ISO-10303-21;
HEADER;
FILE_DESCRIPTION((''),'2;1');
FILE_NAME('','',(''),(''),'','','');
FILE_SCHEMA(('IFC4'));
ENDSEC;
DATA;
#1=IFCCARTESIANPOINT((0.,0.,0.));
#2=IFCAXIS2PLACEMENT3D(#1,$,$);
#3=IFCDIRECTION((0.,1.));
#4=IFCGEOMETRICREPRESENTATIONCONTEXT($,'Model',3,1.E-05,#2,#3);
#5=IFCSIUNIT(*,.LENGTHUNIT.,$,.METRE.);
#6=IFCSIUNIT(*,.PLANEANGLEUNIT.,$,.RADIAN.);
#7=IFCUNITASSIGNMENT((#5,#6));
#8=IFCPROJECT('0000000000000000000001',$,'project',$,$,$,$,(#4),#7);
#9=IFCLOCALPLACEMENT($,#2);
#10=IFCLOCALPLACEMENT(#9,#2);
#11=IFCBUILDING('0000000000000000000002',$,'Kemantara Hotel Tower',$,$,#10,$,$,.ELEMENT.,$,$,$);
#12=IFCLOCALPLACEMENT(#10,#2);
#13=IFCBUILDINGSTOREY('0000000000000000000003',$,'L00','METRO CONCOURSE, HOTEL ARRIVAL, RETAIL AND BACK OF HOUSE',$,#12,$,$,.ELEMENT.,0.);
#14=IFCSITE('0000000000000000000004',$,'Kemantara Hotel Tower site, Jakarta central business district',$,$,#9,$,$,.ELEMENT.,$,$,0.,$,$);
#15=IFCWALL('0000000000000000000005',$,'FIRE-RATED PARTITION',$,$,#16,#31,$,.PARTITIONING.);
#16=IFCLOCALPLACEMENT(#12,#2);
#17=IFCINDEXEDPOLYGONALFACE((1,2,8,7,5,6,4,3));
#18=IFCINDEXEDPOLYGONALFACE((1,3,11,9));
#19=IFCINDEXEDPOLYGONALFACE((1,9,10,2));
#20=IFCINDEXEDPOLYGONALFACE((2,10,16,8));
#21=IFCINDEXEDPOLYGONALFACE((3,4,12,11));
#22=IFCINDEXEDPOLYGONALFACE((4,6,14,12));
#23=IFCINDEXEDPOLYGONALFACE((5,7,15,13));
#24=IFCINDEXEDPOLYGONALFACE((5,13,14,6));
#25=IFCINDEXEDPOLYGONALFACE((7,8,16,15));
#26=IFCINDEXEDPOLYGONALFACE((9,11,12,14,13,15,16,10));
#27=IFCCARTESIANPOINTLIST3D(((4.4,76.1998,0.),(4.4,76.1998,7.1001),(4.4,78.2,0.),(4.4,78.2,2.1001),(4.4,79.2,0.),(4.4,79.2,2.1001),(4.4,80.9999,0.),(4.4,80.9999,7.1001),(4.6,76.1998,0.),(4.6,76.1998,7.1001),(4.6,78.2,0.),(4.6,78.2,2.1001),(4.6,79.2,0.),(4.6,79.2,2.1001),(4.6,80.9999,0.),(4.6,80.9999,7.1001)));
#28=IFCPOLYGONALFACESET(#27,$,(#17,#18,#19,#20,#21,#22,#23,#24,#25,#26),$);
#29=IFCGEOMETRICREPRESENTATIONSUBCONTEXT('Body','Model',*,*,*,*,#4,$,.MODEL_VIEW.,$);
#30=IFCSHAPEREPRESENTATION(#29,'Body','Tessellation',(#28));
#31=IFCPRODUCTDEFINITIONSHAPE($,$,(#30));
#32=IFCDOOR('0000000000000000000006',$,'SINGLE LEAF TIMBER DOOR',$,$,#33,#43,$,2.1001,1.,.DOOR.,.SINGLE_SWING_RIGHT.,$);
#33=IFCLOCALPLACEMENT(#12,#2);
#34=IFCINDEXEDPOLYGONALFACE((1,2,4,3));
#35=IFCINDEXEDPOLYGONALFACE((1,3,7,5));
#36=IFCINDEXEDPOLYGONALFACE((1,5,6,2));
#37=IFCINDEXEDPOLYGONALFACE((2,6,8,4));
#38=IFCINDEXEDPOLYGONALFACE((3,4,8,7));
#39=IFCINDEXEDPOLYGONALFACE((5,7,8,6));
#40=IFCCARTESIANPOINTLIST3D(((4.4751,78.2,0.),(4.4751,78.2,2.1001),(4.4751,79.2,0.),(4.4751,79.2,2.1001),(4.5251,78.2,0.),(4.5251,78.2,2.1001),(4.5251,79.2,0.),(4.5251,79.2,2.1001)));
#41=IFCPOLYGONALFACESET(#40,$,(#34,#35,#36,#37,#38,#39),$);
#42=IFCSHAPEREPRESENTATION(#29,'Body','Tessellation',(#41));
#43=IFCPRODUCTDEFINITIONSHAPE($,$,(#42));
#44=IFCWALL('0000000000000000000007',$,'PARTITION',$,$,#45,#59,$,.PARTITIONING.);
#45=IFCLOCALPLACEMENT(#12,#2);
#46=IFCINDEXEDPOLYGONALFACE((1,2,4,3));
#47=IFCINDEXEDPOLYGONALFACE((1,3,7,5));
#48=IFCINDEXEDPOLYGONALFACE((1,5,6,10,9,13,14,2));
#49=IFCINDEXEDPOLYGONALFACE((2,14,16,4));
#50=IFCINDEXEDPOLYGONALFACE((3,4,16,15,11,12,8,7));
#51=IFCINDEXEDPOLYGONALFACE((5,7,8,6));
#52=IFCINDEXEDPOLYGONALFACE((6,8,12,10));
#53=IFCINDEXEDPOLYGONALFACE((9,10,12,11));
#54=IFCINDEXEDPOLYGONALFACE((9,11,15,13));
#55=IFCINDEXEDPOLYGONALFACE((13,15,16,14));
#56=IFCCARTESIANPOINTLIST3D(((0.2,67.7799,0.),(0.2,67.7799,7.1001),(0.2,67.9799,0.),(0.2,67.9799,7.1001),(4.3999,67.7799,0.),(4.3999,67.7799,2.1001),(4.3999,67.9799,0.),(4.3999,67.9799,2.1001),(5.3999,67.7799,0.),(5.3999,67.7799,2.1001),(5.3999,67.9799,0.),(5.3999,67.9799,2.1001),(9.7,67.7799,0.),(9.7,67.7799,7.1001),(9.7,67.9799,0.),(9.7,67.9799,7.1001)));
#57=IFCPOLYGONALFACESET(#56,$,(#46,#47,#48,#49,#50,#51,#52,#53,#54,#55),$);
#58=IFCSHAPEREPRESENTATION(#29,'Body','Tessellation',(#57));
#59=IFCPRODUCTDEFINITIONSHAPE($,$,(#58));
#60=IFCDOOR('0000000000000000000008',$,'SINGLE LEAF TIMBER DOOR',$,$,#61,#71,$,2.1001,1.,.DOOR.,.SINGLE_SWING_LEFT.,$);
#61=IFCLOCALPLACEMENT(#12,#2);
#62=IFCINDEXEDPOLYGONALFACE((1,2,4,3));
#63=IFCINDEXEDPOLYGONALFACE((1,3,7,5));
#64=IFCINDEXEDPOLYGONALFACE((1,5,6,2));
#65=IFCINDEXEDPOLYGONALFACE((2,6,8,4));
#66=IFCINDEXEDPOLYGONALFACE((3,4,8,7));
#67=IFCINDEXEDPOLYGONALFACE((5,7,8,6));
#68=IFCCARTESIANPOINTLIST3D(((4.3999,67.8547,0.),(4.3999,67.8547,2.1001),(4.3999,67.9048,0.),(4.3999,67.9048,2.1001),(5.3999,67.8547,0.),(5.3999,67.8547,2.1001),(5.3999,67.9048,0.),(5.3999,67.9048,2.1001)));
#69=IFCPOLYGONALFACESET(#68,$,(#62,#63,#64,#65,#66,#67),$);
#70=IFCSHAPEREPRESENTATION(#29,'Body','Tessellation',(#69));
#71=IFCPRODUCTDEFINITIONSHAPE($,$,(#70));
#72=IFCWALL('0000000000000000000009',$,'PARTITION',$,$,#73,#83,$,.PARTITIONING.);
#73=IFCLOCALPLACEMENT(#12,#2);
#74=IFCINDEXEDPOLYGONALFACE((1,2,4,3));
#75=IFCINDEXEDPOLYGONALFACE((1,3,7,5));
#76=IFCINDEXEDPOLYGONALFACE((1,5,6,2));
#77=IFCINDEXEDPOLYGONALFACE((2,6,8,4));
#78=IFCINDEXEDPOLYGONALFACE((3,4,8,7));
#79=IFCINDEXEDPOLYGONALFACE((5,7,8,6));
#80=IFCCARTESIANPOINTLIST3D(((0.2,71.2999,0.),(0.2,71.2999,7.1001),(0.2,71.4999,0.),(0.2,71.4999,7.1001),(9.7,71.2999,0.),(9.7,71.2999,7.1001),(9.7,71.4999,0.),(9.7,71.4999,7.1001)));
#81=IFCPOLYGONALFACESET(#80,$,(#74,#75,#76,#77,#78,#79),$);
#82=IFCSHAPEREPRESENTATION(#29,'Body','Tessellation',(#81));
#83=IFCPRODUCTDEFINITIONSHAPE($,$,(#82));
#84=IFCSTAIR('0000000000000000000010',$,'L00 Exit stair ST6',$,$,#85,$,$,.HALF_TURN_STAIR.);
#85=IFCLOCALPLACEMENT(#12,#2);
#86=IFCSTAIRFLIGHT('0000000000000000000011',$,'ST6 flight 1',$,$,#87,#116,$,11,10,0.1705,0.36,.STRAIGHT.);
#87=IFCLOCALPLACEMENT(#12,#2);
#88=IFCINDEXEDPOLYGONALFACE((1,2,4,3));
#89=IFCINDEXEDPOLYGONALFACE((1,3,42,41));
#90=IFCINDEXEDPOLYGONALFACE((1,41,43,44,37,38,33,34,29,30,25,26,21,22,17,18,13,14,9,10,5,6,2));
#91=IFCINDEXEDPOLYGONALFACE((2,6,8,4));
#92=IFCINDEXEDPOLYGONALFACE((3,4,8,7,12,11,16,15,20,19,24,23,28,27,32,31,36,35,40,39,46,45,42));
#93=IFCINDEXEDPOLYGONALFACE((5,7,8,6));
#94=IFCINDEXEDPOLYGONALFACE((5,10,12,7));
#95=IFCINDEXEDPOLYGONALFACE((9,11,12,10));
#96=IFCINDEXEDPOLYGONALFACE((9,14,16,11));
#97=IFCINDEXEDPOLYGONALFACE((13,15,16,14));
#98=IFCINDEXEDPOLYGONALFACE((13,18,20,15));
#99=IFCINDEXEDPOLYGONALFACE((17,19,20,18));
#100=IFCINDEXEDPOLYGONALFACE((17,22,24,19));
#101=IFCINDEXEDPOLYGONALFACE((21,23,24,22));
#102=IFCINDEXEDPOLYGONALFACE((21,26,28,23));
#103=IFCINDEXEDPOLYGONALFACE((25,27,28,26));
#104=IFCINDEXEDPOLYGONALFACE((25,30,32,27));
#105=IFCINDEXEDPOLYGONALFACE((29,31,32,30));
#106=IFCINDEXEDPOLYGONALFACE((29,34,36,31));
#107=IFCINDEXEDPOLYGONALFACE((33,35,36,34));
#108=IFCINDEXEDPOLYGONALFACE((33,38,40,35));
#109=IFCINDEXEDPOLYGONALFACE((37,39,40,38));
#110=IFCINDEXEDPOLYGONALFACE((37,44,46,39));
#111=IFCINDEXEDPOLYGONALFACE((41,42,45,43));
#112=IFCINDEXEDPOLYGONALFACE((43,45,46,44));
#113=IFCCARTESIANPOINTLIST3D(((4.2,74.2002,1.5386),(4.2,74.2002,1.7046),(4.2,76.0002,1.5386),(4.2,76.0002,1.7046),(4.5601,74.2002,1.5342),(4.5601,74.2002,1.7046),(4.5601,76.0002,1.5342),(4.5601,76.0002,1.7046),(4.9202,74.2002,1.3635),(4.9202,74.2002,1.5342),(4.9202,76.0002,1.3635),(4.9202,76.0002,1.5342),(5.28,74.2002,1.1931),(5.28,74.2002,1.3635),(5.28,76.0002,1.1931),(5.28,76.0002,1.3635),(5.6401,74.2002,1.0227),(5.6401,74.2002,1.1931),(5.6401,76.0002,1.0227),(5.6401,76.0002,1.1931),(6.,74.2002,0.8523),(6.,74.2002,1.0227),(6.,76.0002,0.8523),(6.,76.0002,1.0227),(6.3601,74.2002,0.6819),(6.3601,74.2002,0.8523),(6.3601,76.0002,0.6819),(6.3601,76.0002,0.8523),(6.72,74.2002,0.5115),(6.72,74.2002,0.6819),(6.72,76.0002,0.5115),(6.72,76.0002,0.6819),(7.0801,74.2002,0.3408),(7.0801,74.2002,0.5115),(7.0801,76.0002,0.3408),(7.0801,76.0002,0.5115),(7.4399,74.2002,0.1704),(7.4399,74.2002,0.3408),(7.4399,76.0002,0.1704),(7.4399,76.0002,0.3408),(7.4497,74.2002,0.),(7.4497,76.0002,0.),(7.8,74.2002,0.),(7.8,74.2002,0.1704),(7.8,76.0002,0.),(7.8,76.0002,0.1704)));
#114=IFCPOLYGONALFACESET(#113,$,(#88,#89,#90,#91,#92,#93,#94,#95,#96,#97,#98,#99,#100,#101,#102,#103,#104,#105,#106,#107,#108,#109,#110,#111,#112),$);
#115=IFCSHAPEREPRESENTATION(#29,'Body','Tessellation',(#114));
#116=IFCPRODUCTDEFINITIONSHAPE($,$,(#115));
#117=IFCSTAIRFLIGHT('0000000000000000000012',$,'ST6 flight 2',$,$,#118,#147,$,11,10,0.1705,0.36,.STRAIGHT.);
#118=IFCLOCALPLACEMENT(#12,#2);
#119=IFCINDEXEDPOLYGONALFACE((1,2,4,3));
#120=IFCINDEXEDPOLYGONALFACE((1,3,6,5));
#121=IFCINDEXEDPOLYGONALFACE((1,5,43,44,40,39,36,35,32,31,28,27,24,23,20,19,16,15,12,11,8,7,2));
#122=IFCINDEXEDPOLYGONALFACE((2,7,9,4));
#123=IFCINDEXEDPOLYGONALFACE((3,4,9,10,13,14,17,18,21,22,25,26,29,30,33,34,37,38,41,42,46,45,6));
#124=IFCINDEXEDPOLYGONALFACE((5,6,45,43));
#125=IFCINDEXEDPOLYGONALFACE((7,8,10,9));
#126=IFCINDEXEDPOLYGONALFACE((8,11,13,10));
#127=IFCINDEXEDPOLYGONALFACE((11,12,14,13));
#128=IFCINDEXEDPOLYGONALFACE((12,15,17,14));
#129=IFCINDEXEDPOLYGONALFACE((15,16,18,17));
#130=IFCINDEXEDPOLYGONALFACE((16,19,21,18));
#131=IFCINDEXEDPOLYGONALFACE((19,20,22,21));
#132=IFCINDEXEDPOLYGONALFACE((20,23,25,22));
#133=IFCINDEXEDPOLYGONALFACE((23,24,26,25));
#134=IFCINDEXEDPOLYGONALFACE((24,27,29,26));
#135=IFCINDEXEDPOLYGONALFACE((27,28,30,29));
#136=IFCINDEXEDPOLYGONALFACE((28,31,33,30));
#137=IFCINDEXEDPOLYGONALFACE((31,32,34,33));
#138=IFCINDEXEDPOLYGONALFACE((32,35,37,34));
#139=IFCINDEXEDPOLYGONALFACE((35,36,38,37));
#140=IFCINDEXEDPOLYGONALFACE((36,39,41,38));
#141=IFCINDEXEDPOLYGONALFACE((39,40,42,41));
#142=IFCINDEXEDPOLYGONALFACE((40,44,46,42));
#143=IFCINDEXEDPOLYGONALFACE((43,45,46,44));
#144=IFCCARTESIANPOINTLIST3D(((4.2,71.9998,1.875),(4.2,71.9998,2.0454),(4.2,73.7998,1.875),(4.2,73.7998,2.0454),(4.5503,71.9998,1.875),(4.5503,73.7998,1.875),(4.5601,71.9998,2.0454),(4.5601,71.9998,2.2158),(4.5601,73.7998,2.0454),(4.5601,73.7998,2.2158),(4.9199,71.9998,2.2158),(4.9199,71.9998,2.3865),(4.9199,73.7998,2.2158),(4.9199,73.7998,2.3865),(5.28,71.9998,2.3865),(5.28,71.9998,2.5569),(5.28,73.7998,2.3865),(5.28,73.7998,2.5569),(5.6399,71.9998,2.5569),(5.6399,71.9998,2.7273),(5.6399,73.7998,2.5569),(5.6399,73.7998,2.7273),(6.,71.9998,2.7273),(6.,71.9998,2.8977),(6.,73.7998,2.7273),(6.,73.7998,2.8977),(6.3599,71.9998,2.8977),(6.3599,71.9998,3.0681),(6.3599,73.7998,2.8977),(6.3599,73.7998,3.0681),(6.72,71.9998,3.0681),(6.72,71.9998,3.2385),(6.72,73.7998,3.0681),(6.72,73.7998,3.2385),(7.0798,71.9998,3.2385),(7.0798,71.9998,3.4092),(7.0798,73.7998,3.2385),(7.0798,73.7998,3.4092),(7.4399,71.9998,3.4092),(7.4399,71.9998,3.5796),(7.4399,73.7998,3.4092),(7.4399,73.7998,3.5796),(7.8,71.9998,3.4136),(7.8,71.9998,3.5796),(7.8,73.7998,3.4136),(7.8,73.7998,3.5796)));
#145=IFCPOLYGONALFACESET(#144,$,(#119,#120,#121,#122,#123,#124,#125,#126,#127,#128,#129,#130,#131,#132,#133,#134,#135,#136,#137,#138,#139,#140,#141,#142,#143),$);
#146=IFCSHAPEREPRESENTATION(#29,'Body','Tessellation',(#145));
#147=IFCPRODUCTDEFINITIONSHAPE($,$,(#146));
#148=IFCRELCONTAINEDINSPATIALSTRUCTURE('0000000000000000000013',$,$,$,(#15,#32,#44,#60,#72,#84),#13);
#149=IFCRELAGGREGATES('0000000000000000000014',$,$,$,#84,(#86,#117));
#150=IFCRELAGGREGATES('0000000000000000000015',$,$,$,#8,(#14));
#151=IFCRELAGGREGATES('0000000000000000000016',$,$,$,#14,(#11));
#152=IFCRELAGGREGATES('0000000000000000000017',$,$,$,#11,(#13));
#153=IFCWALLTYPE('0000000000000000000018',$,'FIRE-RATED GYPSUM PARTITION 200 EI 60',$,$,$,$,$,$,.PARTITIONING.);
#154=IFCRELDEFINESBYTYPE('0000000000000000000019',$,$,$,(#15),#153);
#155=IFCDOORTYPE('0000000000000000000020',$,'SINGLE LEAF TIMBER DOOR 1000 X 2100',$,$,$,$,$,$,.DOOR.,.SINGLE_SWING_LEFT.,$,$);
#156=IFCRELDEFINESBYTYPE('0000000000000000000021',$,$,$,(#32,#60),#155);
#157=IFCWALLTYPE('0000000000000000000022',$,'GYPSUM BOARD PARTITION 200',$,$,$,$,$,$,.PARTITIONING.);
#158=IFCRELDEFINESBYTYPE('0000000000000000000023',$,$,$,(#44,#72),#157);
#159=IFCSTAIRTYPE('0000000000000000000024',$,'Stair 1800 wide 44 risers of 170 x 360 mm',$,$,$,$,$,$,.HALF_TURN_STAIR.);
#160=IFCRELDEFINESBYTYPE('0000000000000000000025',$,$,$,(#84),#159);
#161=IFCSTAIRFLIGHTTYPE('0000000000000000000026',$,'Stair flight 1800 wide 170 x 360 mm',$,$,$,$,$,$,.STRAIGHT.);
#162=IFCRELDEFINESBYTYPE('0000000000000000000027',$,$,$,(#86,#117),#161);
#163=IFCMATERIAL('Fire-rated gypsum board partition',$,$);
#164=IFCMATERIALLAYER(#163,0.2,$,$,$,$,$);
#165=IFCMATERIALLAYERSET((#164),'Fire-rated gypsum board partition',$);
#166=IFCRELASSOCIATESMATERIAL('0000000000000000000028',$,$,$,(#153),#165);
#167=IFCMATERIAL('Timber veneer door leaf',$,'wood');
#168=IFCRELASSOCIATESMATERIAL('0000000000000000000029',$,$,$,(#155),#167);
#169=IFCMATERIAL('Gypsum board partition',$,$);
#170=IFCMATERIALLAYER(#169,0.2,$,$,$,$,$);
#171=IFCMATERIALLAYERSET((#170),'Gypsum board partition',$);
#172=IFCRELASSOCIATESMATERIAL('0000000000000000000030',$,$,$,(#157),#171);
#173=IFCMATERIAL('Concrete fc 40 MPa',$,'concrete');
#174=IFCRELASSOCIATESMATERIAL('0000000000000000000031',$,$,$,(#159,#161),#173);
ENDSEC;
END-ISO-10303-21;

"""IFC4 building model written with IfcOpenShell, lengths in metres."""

from ifc_helpers import new_model, si_unit, direction, frame, frame_2d, origin, place, context, subcontext, project, spatial, polyline, rectangle, outline, extrude, material, layer, layer_set, type_object, element, fill, aggregate, save


model = new_model("IFC4")

# Units and contexts
model_context = context("Model", 3, precision=1e-05, world=origin(), true_north=direction((0.0, 1.0)))
body_context = subcontext(model_context, "Body", "Model", "MODEL_VIEW")
ifc_project = project(units=[si_unit("LENGTHUNIT", "METRE"), si_unit("PLANEANGLEUNIT", "RADIAN")], contexts=[model_context])

# Site, building, storey
site_placement = place(None, origin())
site = spatial("IfcSite", under=ifc_project, at=site_placement, Name="Kemantara Hotel Tower site, Jakarta central business district", CompositionType="ELEMENT", RefElevation=0.0)
building_placement = place(site_placement, origin())
building = spatial("IfcBuilding", under=site, at=building_placement, Name="Kemantara Hotel Tower", CompositionType="ELEMENT")
storey_placement = place(building_placement, origin())
storey = spatial("IfcBuildingStorey", under=building, at=storey_placement, Name="L00", Description="METRO CONCOURSE, HOTEL ARRIVAL, RETAIL AND BACK OF HOUSE", CompositionType="ELEMENT", Elevation=0.0)

# Shared definitions
ifc_material_1 = material(Name="Concrete fc 40 MPa", Category="concrete")

# Walls, openings, doors
ifc_material_2 = material(Name="Fire-rated gypsum board partition")
ifc_layer_1 = layer(ifc_material_2, 0.2)
ifc_layer_set_1 = layer_set([ifc_layer_1], Name="Fire-rated gypsum board partition")
wall_type_1 = type_object("IfcWallType", Name="FIRE-RATED GYPSUM PARTITION 200 EI 60", PredefinedType="PARTITIONING", material=ifc_layer_set_1)
wall_1_placement = place(storey_placement, frame((4.5, 76.2, 0.0), z_axis=(0.0, 0.0, 1.0), x_axis=(0.0, 1.0, 0.0)))
wall_1 = element("IfcWall", 1, at=wall_1_placement, inside=storey, type_object=wall_type_1, Name="FIRE-RATED PARTITION", PredefinedType="PARTITIONING", context=body_context, shape_type="SweptSolid", body=[
    extrude(rectangle(XDim=4.8, YDim=0.2, at=frame_2d((2.3999, 0.0))), origin(), (0.0, 0.0, 1.0), 7.1001),
])
opening_1_placement = place(wall_1_placement, frame((2.0, 0.0, 0.0)))
opening_1 = element("IfcOpeningElement", 2, at=opening_1_placement, cuts=wall_1, PredefinedType="OPENING", context=body_context, shape_type="SweptSolid", body=[
    extrude(rectangle(XDim=1.0, YDim=2.1001, at=frame_2d((0.5, 1.05))), frame((0.0, 0.1099, 0.0), z_axis=(0.0, -1.0, 0.0), x_axis=(1.0, 0.0, 0.0)), (0.0, 0.0, 1.0), 0.22),
])
ifc_material_3 = material(Name="Timber veneer door leaf", Category="wood")
door_type_1 = type_object("IfcDoorType", Name="SINGLE LEAF TIMBER DOOR 1000 X 2100", OperationType="SINGLE_SWING_LEFT", PredefinedType="DOOR", material=ifc_material_3)
door_1_placement = place(opening_1_placement, origin())
door_1 = element("IfcDoor", 3, at=door_1_placement, inside=storey, type_object=door_type_1, Name="SINGLE LEAF TIMBER DOOR", OperationType="SINGLE_SWING_RIGHT", OverallHeight=2.1001, OverallWidth=1.0, PredefinedType="DOOR", context=body_context, shape_type="SweptSolid", body=[
    extrude(rectangle(XDim=1.0, YDim=2.1001, at=frame_2d((0.5, 1.05))), frame((0.0, 0.0249, 0.0), z_axis=(0.0, -1.0, 0.0), x_axis=(1.0, 0.0, 0.0)), (0.0, 0.0, 1.0), 0.05),
])
fill(opening_1, door_1)
ifc_material_4 = material(Name="Gypsum board partition")
ifc_layer_2 = layer(ifc_material_4, 0.2)
ifc_layer_set_2 = layer_set([ifc_layer_2], Name="Gypsum board partition")
wall_type_2 = type_object("IfcWallType", Name="GYPSUM BOARD PARTITION 200", PredefinedType="PARTITIONING", material=ifc_layer_set_2)
wall_2_placement = place(storey_placement, frame((0.2, 67.8799, 0.0), z_axis=(0.0, 0.0, 1.0), x_axis=(1.0, 0.0, 0.0)))
wall_2 = element("IfcWall", 4, at=wall_2_placement, inside=storey, type_object=wall_type_2, Name="PARTITION", PredefinedType="PARTITIONING", context=body_context, shape_type="SweptSolid", body=[
    extrude(rectangle(XDim=9.5, YDim=0.2, at=frame_2d((4.75, 0.0))), origin(), (0.0, 0.0, 1.0), 7.1001),
])
opening_2_placement = place(wall_2_placement, frame((4.2, 0.0, 0.0)))
opening_2 = element("IfcOpeningElement", 5, at=opening_2_placement, cuts=wall_2, PredefinedType="OPENING", context=body_context, shape_type="SweptSolid", body=[
    extrude(rectangle(XDim=1.0, YDim=2.1001, at=frame_2d((0.5, 1.05))), frame((0.0, 0.1099, 0.0), z_axis=(0.0, -1.0, 0.0), x_axis=(1.0, 0.0, 0.0)), (0.0, 0.0, 1.0), 0.22),
])
door_2_placement = place(opening_2_placement, origin())
door_2 = element("IfcDoor", 6, at=door_2_placement, inside=storey, type_object=door_type_1, Name="SINGLE LEAF TIMBER DOOR", OperationType="SINGLE_SWING_LEFT", OverallHeight=2.1001, OverallWidth=1.0, PredefinedType="DOOR", context=body_context, shape_type="SweptSolid", body=[
    extrude(rectangle(XDim=1.0, YDim=2.1001, at=frame_2d((0.5, 1.05))), frame((0.0, 0.0249, 0.0), z_axis=(0.0, -1.0, 0.0), x_axis=(1.0, 0.0, 0.0)), (0.0, 0.0, 1.0), 0.05),
])
fill(opening_2, door_2)

# Wall
wall_3_placement = place(storey_placement, frame((0.2, 71.3999, 0.0), z_axis=(0.0, 0.0, 1.0), x_axis=(1.0, 0.0, 0.0)))
element("IfcWall", 7, at=wall_3_placement, inside=storey, type_object=wall_type_2, Name="PARTITION", PredefinedType="PARTITIONING", context=body_context, shape_type="SweptSolid", body=[
    extrude(rectangle(XDim=9.5, YDim=0.2, at=frame_2d((4.75, 0.0))), origin(), (0.0, 0.0, 1.0), 7.1001),
])

# Stair, stair flights
stair_type = type_object("IfcStairType", Name="Stair 1800 wide 44 risers of 170 x 360 mm", PredefinedType="HALF_TURN_STAIR", material=ifc_material_1)
stair_placement = place(storey_placement, origin())
stair = element("IfcStair", 8, at=stair_placement, inside=storey, type_object=stair_type, Name="L00 Exit stair ST6", PredefinedType="HALF_TURN_STAIR")
stair_flight_type = type_object("IfcStairFlightType", Name="Stair flight 1800 wide 170 x 360 mm", PredefinedType="STRAIGHT", material=ifc_material_1)
stair_flight_1_placement = place(storey_placement, frame((7.8, 75.1001, 0.0), z_axis=(0.0, 0.0, 1.0), x_axis=(-1.0, 0.0, 0.0)))
stair_flight_1 = element("IfcStairFlight", 9, at=stair_flight_1_placement, type_object=stair_flight_type, Name="ST6 flight 1", NumberOfRisers=11, NumberOfTreads=10, PredefinedType="STRAIGHT", RiserHeight=0.1705, TreadLength=0.36, context=body_context, shape_type="SweptSolid", body=[
    extrude(outline(polyline([(0.0, 0.0), (0.0, 0.1704), (0.3601, 0.1704), (0.3601, 0.3408), (0.72, 0.3408), (0.72, 0.5115), (1.0801, 0.5115), (1.0801, 0.6819), (1.4399, 0.6819), (1.4399, 0.8523), (1.8, 0.8523), (1.8, 1.0227), (2.1599, 1.0227), (2.1599, 1.1931), (2.52, 1.1931), (2.52, 1.3635), (2.8799, 1.3635), (2.8799, 1.5342), (3.24, 1.5342), (3.24, 1.7046), (3.6001, 1.7046), (3.6001, 1.875), (3.6001, 1.5386), (0.3503, 0.0), (0.0, 0.0)])), frame((0.0, 0.8999, 0.0), z_axis=(0.0, -1.0, 0.0), x_axis=(1.0, 0.0, 0.0)), (0.0, 0.0, 1.0), 1.8),
])
stair_flight_2_placement = place(storey_placement, frame((4.2, 72.8999, 1.875), z_axis=(0.0, 0.0, 1.0), x_axis=(1.0, 0.0, 0.0)))
stair_flight_2 = element("IfcStairFlight", 10, at=stair_flight_2_placement, type_object=stair_flight_type, Name="ST6 flight 2", NumberOfRisers=11, NumberOfTreads=10, PredefinedType="STRAIGHT", RiserHeight=0.1705, TreadLength=0.36, context=body_context, shape_type="SweptSolid", body=[
    extrude(outline(polyline([(0.0, 0.0), (0.0, 0.1704), (0.3601, 0.1704), (0.3601, 0.3408), (0.72, 0.3408), (0.72, 0.5115), (1.0801, 0.5115), (1.0801, 0.6819), (1.4399, 0.6819), (1.4399, 0.8523), (1.8, 0.8523), (1.8, 1.0227), (2.1599, 1.0227), (2.1599, 1.1931), (2.52, 1.1931), (2.52, 1.3635), (2.8799, 1.3635), (2.8799, 1.5342), (3.24, 1.5342), (3.24, 1.7046), (3.6001, 1.7046), (3.6001, 1.875), (3.6001, 1.5386), (0.3503, 0.0), (0.0, 0.0)])), frame((0.0, 0.8999, 0.0), z_axis=(0.0, -1.0, 0.0), x_axis=(1.0, 0.0, 0.0)), (0.0, 0.0, 1.0), 1.8),
])
aggregate(stair, [stair_flight_1, stair_flight_2])

save(model, "model.ifc")
